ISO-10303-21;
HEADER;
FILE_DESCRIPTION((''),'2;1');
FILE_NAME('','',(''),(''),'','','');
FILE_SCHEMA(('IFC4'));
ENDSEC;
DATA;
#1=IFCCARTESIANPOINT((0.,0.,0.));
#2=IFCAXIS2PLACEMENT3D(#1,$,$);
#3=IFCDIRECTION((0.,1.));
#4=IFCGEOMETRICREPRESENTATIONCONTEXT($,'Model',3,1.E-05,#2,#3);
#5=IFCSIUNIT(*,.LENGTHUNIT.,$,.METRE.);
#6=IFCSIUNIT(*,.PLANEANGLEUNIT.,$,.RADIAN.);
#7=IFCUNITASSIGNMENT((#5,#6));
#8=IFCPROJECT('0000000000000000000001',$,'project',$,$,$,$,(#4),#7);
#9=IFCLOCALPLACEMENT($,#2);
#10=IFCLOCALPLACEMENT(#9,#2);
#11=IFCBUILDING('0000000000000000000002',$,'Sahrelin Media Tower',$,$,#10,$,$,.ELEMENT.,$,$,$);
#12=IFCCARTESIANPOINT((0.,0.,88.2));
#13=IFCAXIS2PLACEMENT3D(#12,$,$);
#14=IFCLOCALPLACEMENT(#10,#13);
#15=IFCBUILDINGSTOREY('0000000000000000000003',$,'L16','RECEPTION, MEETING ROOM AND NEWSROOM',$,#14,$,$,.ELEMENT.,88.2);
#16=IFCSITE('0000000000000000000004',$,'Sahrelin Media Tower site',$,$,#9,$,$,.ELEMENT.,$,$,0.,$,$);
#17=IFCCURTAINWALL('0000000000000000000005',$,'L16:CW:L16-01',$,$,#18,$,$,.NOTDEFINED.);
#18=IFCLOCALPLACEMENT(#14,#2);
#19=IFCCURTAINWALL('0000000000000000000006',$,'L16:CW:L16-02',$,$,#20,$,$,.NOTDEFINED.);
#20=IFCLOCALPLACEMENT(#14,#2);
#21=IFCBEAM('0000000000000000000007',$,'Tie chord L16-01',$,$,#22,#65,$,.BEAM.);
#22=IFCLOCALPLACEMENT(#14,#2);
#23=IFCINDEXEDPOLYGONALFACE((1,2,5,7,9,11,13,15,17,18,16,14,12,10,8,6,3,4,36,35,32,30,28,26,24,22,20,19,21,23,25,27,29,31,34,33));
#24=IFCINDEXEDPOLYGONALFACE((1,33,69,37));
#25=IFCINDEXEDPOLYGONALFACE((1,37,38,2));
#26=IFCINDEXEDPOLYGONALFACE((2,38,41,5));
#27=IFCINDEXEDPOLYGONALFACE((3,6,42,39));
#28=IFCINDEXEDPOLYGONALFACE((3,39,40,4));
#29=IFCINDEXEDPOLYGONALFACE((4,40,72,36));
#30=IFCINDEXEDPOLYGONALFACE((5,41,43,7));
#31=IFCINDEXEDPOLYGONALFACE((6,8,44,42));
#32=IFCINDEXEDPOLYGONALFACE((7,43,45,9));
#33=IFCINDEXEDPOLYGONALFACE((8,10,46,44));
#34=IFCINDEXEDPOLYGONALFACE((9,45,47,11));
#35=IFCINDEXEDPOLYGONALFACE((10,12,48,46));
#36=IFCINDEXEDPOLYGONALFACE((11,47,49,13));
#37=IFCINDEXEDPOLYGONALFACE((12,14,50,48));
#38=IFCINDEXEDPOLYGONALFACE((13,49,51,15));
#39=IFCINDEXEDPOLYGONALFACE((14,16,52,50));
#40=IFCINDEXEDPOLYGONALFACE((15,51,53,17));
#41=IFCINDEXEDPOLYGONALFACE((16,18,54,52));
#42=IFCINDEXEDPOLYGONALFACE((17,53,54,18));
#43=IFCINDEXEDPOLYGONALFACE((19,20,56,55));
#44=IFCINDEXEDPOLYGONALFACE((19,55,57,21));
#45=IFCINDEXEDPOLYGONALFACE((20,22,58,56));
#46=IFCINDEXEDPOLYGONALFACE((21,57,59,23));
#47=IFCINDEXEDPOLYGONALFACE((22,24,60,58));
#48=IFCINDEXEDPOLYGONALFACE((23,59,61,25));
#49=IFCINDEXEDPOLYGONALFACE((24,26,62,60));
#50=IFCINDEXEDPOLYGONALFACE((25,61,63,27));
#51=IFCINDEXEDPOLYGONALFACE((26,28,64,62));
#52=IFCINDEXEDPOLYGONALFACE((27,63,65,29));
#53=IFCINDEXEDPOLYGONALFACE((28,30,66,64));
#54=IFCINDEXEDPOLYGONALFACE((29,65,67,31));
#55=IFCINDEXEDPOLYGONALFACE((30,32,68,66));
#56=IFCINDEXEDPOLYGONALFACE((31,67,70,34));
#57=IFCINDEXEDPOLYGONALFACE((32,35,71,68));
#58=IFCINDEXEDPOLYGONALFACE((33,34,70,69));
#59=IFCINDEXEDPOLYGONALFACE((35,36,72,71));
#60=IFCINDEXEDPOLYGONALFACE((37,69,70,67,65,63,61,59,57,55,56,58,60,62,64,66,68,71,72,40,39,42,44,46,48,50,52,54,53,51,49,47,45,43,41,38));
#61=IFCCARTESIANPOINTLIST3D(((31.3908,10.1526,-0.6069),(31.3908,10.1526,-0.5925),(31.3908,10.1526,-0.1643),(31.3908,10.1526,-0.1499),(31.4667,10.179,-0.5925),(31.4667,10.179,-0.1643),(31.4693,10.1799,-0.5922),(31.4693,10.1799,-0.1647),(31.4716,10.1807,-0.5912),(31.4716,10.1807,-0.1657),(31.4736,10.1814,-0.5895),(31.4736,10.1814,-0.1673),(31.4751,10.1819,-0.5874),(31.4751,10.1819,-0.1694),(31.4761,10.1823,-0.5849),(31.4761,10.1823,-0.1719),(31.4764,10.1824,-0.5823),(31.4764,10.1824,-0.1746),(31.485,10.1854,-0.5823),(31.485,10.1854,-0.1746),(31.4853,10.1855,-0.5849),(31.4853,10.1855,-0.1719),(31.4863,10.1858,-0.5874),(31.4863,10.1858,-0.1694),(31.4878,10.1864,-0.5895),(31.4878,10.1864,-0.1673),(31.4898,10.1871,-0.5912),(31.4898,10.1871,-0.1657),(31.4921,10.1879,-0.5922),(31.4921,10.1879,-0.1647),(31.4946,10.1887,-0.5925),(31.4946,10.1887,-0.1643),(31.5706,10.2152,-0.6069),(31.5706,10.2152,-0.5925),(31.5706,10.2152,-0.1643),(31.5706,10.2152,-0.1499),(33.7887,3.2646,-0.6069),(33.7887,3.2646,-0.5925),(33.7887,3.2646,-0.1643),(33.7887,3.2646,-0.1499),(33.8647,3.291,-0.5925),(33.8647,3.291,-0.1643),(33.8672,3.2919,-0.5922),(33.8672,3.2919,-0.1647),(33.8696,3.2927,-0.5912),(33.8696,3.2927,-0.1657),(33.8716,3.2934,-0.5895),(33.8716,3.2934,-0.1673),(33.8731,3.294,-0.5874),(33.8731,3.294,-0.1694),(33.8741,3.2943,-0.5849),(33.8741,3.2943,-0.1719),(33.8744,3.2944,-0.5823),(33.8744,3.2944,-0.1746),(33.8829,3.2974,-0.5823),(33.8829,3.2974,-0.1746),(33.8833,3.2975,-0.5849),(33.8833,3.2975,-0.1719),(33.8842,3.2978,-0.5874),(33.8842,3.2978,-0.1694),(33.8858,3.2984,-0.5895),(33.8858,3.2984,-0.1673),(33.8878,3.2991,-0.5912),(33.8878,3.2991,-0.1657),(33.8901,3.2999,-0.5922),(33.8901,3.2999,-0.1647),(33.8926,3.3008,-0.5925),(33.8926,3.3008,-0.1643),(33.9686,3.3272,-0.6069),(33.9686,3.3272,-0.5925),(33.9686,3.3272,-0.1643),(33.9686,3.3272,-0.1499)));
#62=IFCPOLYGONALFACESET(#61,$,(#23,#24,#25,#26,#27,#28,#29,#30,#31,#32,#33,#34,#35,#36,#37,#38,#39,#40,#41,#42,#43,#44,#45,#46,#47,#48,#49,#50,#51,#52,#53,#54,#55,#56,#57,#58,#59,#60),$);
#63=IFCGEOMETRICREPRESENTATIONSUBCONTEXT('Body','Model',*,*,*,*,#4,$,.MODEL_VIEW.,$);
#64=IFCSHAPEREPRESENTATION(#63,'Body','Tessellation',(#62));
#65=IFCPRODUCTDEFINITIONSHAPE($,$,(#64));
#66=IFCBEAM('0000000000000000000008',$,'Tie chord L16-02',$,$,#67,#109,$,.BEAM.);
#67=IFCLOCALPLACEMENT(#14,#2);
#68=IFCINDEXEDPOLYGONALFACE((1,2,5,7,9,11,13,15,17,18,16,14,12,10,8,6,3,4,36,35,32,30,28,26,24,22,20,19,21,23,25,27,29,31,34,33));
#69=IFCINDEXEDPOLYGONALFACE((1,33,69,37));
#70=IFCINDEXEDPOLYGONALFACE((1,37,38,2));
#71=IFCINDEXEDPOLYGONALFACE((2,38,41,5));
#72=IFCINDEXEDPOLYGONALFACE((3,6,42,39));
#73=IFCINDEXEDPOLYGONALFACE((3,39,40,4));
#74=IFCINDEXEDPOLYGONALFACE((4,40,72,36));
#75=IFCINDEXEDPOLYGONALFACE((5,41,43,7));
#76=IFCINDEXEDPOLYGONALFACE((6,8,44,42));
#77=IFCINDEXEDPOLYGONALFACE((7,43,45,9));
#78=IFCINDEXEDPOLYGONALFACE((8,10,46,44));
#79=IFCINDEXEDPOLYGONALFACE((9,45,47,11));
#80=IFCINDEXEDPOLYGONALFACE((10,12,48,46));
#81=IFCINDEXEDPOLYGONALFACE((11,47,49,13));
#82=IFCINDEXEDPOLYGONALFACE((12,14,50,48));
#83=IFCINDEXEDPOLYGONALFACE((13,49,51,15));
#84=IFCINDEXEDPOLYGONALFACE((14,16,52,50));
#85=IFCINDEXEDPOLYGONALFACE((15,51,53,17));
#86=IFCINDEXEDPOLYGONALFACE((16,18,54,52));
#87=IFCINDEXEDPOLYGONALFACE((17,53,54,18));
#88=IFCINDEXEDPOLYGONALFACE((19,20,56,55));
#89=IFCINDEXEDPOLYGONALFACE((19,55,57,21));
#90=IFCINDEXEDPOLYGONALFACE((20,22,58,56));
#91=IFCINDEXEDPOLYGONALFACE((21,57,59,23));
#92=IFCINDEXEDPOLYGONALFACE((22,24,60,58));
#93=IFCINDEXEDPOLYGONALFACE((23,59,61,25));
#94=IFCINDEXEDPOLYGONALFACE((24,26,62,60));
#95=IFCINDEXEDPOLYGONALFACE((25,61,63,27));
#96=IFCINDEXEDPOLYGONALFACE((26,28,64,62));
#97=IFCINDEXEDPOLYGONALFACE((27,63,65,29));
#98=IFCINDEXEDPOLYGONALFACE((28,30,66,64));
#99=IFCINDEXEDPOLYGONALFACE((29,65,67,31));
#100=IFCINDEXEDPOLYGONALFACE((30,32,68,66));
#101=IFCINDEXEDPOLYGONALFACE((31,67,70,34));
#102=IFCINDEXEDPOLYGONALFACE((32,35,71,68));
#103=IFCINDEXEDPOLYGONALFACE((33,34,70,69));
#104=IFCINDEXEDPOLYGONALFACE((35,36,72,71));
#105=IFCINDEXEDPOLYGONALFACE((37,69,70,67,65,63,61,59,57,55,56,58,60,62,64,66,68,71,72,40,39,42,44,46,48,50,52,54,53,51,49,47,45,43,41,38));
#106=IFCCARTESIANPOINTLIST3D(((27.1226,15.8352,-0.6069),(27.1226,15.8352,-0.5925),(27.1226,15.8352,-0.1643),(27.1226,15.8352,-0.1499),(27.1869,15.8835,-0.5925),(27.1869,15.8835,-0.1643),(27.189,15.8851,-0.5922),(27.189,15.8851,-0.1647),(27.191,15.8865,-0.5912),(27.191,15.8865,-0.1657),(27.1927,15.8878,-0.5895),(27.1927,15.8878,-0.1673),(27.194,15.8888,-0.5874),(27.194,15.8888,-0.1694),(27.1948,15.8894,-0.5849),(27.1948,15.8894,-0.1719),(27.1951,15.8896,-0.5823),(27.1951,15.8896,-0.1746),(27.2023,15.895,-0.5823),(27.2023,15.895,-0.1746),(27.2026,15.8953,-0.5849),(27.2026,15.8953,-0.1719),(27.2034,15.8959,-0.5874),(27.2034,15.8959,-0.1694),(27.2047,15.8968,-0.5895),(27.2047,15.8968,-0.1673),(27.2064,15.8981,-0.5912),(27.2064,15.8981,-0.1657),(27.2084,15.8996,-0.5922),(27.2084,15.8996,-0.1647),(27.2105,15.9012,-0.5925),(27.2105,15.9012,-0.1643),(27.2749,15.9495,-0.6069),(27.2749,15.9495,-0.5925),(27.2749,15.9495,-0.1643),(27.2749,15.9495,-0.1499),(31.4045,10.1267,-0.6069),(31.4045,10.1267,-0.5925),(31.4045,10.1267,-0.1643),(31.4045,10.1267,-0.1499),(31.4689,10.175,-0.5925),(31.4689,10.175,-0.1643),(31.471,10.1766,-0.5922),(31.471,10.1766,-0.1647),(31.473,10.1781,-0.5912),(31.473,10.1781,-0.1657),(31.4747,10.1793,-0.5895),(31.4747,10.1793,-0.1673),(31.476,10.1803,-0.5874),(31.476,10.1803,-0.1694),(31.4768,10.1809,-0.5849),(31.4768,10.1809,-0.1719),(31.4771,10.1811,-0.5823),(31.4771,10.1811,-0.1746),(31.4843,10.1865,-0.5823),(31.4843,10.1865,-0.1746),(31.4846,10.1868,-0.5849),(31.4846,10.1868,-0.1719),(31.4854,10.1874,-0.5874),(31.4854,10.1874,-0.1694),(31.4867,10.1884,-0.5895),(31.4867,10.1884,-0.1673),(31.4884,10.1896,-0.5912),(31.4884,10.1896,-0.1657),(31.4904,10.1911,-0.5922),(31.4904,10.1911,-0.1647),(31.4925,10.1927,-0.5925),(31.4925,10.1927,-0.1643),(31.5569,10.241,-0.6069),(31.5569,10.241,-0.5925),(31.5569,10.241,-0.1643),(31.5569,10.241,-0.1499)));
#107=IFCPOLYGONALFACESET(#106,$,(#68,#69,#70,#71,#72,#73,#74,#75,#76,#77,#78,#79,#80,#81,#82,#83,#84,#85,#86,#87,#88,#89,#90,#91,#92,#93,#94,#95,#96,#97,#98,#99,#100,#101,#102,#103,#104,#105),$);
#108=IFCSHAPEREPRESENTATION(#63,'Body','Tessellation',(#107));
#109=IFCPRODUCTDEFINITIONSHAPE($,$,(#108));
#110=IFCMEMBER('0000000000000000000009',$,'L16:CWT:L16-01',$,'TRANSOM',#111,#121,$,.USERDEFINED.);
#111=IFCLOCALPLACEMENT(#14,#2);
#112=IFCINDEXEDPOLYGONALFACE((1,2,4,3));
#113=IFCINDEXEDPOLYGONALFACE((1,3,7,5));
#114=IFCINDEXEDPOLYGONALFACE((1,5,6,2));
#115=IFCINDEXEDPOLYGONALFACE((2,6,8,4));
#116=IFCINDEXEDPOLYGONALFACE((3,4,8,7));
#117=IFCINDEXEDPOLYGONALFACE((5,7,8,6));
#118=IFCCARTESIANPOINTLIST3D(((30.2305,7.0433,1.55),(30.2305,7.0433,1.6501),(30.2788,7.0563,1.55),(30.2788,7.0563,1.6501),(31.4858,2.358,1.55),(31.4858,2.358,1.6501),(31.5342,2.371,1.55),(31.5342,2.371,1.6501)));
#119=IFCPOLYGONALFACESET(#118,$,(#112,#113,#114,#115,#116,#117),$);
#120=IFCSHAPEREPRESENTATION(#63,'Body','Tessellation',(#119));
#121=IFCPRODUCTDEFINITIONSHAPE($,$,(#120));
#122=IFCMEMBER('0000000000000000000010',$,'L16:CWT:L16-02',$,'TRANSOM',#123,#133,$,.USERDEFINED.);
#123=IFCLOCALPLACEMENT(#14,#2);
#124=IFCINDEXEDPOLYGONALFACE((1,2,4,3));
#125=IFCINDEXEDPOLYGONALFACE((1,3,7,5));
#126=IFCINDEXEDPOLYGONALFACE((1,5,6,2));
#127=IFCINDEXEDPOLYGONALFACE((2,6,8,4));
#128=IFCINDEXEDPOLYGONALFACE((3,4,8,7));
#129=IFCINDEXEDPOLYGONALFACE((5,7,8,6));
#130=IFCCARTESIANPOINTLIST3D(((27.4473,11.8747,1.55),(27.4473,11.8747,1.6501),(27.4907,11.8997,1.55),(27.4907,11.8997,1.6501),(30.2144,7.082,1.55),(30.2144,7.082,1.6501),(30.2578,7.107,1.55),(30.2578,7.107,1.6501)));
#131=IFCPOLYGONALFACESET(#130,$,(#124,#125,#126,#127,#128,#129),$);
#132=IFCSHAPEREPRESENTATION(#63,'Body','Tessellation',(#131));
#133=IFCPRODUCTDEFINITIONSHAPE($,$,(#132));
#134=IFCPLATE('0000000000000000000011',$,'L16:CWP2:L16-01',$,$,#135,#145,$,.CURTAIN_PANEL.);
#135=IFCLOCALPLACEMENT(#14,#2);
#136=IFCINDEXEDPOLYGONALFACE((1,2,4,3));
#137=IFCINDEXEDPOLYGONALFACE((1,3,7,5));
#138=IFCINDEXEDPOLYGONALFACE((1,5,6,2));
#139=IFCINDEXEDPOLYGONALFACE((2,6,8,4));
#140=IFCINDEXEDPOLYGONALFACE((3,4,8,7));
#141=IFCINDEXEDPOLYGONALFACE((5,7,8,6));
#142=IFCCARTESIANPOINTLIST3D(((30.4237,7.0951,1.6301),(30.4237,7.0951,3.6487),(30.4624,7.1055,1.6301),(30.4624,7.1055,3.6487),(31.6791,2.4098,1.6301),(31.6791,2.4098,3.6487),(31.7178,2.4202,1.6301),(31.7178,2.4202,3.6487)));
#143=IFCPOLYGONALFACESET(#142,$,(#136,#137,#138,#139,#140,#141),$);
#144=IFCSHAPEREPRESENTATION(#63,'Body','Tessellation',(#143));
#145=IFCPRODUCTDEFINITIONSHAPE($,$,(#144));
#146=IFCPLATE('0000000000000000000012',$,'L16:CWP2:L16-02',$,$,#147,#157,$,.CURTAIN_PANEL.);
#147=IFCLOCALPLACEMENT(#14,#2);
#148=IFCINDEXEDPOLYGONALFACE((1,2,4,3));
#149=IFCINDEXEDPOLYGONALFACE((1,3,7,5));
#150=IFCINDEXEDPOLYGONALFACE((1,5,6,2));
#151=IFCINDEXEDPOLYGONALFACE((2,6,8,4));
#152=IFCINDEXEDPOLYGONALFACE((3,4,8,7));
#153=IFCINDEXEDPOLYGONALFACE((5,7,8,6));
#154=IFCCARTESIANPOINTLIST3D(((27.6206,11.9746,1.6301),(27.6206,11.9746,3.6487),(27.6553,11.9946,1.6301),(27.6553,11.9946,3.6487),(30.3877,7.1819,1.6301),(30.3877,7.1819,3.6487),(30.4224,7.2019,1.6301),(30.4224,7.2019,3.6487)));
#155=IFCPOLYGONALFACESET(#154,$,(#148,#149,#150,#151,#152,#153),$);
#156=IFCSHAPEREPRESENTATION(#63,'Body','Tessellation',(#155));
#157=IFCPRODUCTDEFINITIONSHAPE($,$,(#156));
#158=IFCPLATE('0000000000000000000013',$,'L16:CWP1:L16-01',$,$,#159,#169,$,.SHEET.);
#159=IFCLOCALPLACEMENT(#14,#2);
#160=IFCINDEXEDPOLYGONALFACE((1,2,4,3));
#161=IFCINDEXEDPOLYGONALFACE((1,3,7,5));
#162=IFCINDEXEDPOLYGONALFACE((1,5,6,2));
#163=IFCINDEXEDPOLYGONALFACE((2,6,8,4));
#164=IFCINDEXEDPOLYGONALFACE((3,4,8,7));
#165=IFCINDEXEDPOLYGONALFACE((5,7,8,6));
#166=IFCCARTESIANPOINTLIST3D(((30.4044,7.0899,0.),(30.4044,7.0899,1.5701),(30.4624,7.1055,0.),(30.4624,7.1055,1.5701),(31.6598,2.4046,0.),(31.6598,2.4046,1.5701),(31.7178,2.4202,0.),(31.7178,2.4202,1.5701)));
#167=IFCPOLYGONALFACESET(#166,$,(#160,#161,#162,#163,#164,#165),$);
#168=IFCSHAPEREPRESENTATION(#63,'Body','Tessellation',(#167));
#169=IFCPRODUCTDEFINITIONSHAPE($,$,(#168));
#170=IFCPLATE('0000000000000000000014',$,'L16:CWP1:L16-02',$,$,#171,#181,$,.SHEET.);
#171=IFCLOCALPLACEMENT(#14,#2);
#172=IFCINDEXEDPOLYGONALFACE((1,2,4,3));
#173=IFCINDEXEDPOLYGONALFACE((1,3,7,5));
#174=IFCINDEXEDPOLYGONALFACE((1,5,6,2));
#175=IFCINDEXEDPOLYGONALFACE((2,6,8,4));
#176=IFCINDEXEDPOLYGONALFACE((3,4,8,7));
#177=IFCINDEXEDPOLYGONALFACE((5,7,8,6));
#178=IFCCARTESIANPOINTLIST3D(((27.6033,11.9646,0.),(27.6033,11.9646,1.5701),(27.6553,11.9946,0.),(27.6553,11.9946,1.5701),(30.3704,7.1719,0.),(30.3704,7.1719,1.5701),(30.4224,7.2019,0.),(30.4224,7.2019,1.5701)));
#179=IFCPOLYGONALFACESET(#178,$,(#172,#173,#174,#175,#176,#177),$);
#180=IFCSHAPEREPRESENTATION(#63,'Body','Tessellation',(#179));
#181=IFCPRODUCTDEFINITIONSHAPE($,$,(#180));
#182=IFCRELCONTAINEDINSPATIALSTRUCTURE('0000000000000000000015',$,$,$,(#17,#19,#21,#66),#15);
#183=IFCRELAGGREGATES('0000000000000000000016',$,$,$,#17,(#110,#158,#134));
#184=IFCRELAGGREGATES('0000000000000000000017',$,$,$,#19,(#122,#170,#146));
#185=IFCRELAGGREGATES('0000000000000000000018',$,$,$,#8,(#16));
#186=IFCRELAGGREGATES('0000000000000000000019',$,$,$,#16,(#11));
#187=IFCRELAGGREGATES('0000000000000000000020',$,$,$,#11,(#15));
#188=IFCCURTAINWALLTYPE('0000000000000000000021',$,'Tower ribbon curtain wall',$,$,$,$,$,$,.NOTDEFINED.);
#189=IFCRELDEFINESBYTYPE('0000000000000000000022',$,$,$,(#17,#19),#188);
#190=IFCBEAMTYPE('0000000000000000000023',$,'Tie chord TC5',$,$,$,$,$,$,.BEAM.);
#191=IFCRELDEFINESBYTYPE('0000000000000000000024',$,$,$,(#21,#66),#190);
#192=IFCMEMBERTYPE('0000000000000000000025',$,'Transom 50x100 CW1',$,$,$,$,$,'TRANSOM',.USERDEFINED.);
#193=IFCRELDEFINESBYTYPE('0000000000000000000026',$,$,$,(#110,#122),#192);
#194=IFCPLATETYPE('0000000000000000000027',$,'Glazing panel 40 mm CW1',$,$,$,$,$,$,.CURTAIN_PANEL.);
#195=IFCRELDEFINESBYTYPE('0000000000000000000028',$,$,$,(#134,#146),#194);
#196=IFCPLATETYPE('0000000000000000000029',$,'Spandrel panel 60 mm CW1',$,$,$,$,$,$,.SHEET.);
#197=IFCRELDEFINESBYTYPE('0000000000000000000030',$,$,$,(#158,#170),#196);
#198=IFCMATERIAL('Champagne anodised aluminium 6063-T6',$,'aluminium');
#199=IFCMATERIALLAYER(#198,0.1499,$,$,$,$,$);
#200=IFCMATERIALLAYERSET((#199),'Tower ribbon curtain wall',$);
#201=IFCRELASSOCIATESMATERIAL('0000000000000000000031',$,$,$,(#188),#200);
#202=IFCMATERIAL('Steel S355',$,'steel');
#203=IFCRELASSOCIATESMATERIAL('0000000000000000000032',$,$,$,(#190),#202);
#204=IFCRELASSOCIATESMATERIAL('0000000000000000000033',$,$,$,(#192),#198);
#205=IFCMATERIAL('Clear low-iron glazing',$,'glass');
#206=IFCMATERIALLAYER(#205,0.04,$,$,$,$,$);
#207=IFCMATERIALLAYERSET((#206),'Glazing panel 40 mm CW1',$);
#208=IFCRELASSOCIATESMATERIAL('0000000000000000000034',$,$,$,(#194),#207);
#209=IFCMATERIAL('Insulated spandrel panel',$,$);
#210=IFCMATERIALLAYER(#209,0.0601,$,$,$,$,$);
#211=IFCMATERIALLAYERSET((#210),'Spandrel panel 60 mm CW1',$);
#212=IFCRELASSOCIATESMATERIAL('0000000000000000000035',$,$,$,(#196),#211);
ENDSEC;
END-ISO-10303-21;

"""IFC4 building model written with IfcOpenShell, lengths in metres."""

from ifc_helpers import new_model, si_unit, direction, frame, origin, origin_2d, place, context, subcontext, project, spatial, polyline, rectangle, i_section, outline, extrude, material, layer, layer_set, material_profile, profile_set, type_object, element, aggregate, save


model = new_model("IFC4")

# Units and contexts
model_context = context("Model", 3, precision=1e-05, world=origin(), true_north=direction((0.0, 1.0)))
body_context = subcontext(model_context, "Body", "Model", "MODEL_VIEW")
ifc_project = project(units=[si_unit("LENGTHUNIT", "METRE"), si_unit("PLANEANGLEUNIT", "RADIAN")], contexts=[model_context])

# Site, building, storey
site_placement = place(None, origin())
site = spatial("IfcSite", under=ifc_project, at=site_placement, Name="Sahrelin Media Tower site", CompositionType="ELEMENT", RefElevation=0.0)
building_placement = place(site_placement, origin())
building = spatial("IfcBuilding", under=site, at=building_placement, Name="Sahrelin Media Tower", CompositionType="ELEMENT")
storey_placement = place(building_placement, frame((0.0, 0.0, 88.2)))
storey = spatial("IfcBuildingStorey", under=building, at=storey_placement, Name="L16", Description="RECEPTION, MEETING ROOM AND NEWSROOM", CompositionType="ELEMENT", Elevation=88.2)

# Shared definitions
ifc_material_1 = material(Name="Steel S355", Category="steel")

# Curtain walls
ifc_material_2 = material(Name="Champagne anodised aluminium 6063-T6", Category="aluminium")
ifc_layer_1 = layer(ifc_material_2, 0.1499)
ifc_layer_set_1 = layer_set([ifc_layer_1], Name="Tower ribbon curtain wall")
curtain_wall_type = type_object("IfcCurtainWallType", Name="Tower ribbon curtain wall", PredefinedType="NOTDEFINED", material=ifc_layer_set_1)
curtain_wall_1_placement = place(storey_placement, frame((31.0708, 4.7576, 0.0), z_axis=(0.0, 0.0, 1.0), x_axis=(1.0, 0.0, 0.0)))
curtain_wall_1 = element("IfcCurtainWall", 1, at=curtain_wall_1_placement, inside=storey, type_object=curtain_wall_type, Name="L16:CW:L16-01", PredefinedType="NOTDEFINED")
curtain_wall_2_placement = place(storey_placement, frame((29.0215, 9.5884, 0.0), z_axis=(0.0, 0.0, 1.0), x_axis=(1.0, 0.0, 0.0)))
curtain_wall_2 = element("IfcCurtainWall", 2, at=curtain_wall_2_placement, inside=storey, type_object=curtain_wall_type, Name="L16:CW:L16-02", PredefinedType="NOTDEFINED")

# Beams
ifc_material_profile_1 = material_profile(ifc_material_1, i_section(OverallWidth=0.1904, OverallDepth=0.457, WebThickness=0.009, FlangeThickness=0.0144, FilletRadius=0.0103, at=origin_2d()), Name="UB 457x191x74")
ifc_profile_set_1 = profile_set([ifc_material_profile_1], Name="Steel S355")
beam_type_1 = type_object("IfcBeamType", Name="Tie chord TC5", PredefinedType="BEAM", material=ifc_profile_set_1)
beam_1_placement = place(storey_placement, frame((33.8787, 3.2959, -0.3784), z_axis=(-0.328783, 0.944406, 0.0), x_axis=(-0.944406, -0.328783, 0.0)))
element("IfcBeam", 3, at=beam_1_placement, inside=storey, type_object=beam_type_1, Name="Tie chord L16-01", PredefinedType="BEAM", context=body_context, shape_type="SweptSolid", body=[
    extrude(i_section(OverallWidth=0.1904, OverallDepth=0.457, WebThickness=0.009, FlangeThickness=0.0144, FilletRadius=0.0103, at=origin_2d()), origin(), (0.0, 0.0, 1.0), 7.2935),
])
beam_2_placement = place(storey_placement, frame((31.4807, 10.1838, -0.3784), z_axis=(-0.600055, 0.799959, 0.0), x_axis=(-0.799959, -0.600055, 0.0)))
element("IfcBeam", 4, at=beam_2_placement, inside=storey, type_object=beam_type_1, Name="Tie chord L16-02", PredefinedType="BEAM", context=body_context, shape_type="SweptSolid", body=[
    extrude(i_section(OverallWidth=0.1904, OverallDepth=0.457, WebThickness=0.009, FlangeThickness=0.0144, FilletRadius=0.0103, at=origin_2d()), origin(), (0.0, 0.0, 1.0), 7.136),
])

# Members
ifc_material_profile_2 = material_profile(ifc_material_2, rectangle(XDim=0.05, YDim=0.1001, at=origin_2d()), Name="Transom 50x100")
ifc_profile_set_2 = profile_set([ifc_material_profile_2], Name="Champagne anodised aluminium 6063-T6")
member_type_1 = type_object("IfcMemberType", Name="Transom 50x100 CW1", ElementType="TRANSOM", PredefinedType="USERDEFINED", material=ifc_profile_set_2)
member_1_placement = place(storey_placement, frame((31.51, 2.3645, 1.6001), z_axis=(-0.258809, 0.965929, 0.0), x_axis=(-0.965929, -0.258809, 0.0)))
member_1 = element("IfcMember", 5, at=member_1_placement, type_object=member_type_1, Name="L16:CWT:L16-01", ObjectType="TRANSOM", PredefinedType="USERDEFINED", context=body_context, shape_type="SweptSolid", body=[
    extrude(rectangle(XDim=0.05, YDim=0.1001, at=origin_2d()), origin(), (0.0, 0.0, 1.0), 4.8506),
])
member_2_placement = place(storey_placement, frame((30.2361, 7.0945, 1.6001), z_axis=(-0.500001, 0.866025, 0.0), x_axis=(-0.866025, -0.500001, 0.0)))
member_2 = element("IfcMember", 6, at=member_2_placement, type_object=member_type_1, Name="L16:CWT:L16-02", ObjectType="TRANSOM", PredefinedType="USERDEFINED", context=body_context, shape_type="SweptSolid", body=[
    extrude(rectangle(XDim=0.05, YDim=0.1001, at=origin_2d()), origin(), (0.0, 0.0, 1.0), 5.5342),
])

# Plates
ifc_material_3 = material(Name="Clear low-iron glazing", Category="glass")
ifc_layer_2 = layer(ifc_material_3, 0.04)
ifc_layer_set_2 = layer_set([ifc_layer_2], Name="Glazing panel 40 mm CW1")
plate_type_1 = type_object("IfcPlateType", Name="Glazing panel 40 mm CW1", PredefinedType="CURTAIN_PANEL", material=ifc_layer_set_2)
plate_1_placement = place(storey_placement, frame((31.7178, 2.4202, 1.6301), z_axis=(0.965929, 0.258809, 0.0), x_axis=(-0.258809, 0.965929, 0.0)))
plate_1 = element("IfcPlate", 7, at=plate_1_placement, type_object=plate_type_1, Name="L16:CWP2:L16-01", PredefinedType="CURTAIN_PANEL", context=body_context, shape_type="SweptSolid", body=[
    extrude(outline(polyline([(0.0, 0.0), (4.8506, 0.0), (4.8506, 2.0186), (0.0, 2.0186), (0.0, 0.0)])), origin(), (0.0, 0.0, -1.0), 0.04),
])
plate_2_placement = place(storey_placement, frame((30.4224, 7.2019, 1.6301), z_axis=(0.866025, 0.500001, 0.0), x_axis=(-0.500001, 0.866025, 0.0)))
plate_2 = element("IfcPlate", 8, at=plate_2_placement, type_object=plate_type_1, Name="L16:CWP2:L16-02", PredefinedType="CURTAIN_PANEL", context=body_context, shape_type="SweptSolid", body=[
    extrude(outline(polyline([(0.0, 0.0), (5.5342, 0.0), (5.5342, 2.0186), (0.0, 2.0186), (0.0, 0.0)])), origin(), (0.0, 0.0, -1.0), 0.04),
])
ifc_material_4 = material(Name="Insulated spandrel panel")
ifc_layer_3 = layer(ifc_material_4, 0.0601)
ifc_layer_set_3 = layer_set([ifc_layer_3], Name="Spandrel panel 60 mm CW1")
plate_type_2 = type_object("IfcPlateType", Name="Spandrel panel 60 mm CW1", PredefinedType="SHEET", material=ifc_layer_set_3)
plate_3_placement = place(storey_placement, frame((31.7178, 2.4202, 0.0), z_axis=(0.965929, 0.258809, 0.0), x_axis=(-0.258809, 0.965929, 0.0)))
plate_3 = element("IfcPlate", 9, at=plate_3_placement, type_object=plate_type_2, Name="L16:CWP1:L16-01", PredefinedType="SHEET", context=body_context, shape_type="SweptSolid", body=[
    extrude(outline(polyline([(0.0, 0.0), (4.8506, 0.0), (4.8506, 1.5701), (0.0, 1.5701), (0.0, 0.0)])), origin(), (0.0, 0.0, -1.0), 0.0601),
])
aggregate(curtain_wall_1, [member_1, plate_3, plate_1])
plate_4_placement = place(storey_placement, frame((30.4224, 7.2019, 0.0), z_axis=(0.866025, 0.500001, 0.0), x_axis=(-0.500001, 0.866025, 0.0)))
plate_4 = element("IfcPlate", 10, at=plate_4_placement, type_object=plate_type_2, Name="L16:CWP1:L16-02", PredefinedType="SHEET", context=body_context, shape_type="SweptSolid", body=[
    extrude(outline(polyline([(0.0, 0.0), (5.5342, 0.0), (5.5342, 1.5701), (0.0, 1.5701), (0.0, 0.0)])), origin(), (0.0, 0.0, -1.0), 0.0601),
])
aggregate(curtain_wall_2, [member_2, plate_4, plate_2])

save(model, "model.ifc")
